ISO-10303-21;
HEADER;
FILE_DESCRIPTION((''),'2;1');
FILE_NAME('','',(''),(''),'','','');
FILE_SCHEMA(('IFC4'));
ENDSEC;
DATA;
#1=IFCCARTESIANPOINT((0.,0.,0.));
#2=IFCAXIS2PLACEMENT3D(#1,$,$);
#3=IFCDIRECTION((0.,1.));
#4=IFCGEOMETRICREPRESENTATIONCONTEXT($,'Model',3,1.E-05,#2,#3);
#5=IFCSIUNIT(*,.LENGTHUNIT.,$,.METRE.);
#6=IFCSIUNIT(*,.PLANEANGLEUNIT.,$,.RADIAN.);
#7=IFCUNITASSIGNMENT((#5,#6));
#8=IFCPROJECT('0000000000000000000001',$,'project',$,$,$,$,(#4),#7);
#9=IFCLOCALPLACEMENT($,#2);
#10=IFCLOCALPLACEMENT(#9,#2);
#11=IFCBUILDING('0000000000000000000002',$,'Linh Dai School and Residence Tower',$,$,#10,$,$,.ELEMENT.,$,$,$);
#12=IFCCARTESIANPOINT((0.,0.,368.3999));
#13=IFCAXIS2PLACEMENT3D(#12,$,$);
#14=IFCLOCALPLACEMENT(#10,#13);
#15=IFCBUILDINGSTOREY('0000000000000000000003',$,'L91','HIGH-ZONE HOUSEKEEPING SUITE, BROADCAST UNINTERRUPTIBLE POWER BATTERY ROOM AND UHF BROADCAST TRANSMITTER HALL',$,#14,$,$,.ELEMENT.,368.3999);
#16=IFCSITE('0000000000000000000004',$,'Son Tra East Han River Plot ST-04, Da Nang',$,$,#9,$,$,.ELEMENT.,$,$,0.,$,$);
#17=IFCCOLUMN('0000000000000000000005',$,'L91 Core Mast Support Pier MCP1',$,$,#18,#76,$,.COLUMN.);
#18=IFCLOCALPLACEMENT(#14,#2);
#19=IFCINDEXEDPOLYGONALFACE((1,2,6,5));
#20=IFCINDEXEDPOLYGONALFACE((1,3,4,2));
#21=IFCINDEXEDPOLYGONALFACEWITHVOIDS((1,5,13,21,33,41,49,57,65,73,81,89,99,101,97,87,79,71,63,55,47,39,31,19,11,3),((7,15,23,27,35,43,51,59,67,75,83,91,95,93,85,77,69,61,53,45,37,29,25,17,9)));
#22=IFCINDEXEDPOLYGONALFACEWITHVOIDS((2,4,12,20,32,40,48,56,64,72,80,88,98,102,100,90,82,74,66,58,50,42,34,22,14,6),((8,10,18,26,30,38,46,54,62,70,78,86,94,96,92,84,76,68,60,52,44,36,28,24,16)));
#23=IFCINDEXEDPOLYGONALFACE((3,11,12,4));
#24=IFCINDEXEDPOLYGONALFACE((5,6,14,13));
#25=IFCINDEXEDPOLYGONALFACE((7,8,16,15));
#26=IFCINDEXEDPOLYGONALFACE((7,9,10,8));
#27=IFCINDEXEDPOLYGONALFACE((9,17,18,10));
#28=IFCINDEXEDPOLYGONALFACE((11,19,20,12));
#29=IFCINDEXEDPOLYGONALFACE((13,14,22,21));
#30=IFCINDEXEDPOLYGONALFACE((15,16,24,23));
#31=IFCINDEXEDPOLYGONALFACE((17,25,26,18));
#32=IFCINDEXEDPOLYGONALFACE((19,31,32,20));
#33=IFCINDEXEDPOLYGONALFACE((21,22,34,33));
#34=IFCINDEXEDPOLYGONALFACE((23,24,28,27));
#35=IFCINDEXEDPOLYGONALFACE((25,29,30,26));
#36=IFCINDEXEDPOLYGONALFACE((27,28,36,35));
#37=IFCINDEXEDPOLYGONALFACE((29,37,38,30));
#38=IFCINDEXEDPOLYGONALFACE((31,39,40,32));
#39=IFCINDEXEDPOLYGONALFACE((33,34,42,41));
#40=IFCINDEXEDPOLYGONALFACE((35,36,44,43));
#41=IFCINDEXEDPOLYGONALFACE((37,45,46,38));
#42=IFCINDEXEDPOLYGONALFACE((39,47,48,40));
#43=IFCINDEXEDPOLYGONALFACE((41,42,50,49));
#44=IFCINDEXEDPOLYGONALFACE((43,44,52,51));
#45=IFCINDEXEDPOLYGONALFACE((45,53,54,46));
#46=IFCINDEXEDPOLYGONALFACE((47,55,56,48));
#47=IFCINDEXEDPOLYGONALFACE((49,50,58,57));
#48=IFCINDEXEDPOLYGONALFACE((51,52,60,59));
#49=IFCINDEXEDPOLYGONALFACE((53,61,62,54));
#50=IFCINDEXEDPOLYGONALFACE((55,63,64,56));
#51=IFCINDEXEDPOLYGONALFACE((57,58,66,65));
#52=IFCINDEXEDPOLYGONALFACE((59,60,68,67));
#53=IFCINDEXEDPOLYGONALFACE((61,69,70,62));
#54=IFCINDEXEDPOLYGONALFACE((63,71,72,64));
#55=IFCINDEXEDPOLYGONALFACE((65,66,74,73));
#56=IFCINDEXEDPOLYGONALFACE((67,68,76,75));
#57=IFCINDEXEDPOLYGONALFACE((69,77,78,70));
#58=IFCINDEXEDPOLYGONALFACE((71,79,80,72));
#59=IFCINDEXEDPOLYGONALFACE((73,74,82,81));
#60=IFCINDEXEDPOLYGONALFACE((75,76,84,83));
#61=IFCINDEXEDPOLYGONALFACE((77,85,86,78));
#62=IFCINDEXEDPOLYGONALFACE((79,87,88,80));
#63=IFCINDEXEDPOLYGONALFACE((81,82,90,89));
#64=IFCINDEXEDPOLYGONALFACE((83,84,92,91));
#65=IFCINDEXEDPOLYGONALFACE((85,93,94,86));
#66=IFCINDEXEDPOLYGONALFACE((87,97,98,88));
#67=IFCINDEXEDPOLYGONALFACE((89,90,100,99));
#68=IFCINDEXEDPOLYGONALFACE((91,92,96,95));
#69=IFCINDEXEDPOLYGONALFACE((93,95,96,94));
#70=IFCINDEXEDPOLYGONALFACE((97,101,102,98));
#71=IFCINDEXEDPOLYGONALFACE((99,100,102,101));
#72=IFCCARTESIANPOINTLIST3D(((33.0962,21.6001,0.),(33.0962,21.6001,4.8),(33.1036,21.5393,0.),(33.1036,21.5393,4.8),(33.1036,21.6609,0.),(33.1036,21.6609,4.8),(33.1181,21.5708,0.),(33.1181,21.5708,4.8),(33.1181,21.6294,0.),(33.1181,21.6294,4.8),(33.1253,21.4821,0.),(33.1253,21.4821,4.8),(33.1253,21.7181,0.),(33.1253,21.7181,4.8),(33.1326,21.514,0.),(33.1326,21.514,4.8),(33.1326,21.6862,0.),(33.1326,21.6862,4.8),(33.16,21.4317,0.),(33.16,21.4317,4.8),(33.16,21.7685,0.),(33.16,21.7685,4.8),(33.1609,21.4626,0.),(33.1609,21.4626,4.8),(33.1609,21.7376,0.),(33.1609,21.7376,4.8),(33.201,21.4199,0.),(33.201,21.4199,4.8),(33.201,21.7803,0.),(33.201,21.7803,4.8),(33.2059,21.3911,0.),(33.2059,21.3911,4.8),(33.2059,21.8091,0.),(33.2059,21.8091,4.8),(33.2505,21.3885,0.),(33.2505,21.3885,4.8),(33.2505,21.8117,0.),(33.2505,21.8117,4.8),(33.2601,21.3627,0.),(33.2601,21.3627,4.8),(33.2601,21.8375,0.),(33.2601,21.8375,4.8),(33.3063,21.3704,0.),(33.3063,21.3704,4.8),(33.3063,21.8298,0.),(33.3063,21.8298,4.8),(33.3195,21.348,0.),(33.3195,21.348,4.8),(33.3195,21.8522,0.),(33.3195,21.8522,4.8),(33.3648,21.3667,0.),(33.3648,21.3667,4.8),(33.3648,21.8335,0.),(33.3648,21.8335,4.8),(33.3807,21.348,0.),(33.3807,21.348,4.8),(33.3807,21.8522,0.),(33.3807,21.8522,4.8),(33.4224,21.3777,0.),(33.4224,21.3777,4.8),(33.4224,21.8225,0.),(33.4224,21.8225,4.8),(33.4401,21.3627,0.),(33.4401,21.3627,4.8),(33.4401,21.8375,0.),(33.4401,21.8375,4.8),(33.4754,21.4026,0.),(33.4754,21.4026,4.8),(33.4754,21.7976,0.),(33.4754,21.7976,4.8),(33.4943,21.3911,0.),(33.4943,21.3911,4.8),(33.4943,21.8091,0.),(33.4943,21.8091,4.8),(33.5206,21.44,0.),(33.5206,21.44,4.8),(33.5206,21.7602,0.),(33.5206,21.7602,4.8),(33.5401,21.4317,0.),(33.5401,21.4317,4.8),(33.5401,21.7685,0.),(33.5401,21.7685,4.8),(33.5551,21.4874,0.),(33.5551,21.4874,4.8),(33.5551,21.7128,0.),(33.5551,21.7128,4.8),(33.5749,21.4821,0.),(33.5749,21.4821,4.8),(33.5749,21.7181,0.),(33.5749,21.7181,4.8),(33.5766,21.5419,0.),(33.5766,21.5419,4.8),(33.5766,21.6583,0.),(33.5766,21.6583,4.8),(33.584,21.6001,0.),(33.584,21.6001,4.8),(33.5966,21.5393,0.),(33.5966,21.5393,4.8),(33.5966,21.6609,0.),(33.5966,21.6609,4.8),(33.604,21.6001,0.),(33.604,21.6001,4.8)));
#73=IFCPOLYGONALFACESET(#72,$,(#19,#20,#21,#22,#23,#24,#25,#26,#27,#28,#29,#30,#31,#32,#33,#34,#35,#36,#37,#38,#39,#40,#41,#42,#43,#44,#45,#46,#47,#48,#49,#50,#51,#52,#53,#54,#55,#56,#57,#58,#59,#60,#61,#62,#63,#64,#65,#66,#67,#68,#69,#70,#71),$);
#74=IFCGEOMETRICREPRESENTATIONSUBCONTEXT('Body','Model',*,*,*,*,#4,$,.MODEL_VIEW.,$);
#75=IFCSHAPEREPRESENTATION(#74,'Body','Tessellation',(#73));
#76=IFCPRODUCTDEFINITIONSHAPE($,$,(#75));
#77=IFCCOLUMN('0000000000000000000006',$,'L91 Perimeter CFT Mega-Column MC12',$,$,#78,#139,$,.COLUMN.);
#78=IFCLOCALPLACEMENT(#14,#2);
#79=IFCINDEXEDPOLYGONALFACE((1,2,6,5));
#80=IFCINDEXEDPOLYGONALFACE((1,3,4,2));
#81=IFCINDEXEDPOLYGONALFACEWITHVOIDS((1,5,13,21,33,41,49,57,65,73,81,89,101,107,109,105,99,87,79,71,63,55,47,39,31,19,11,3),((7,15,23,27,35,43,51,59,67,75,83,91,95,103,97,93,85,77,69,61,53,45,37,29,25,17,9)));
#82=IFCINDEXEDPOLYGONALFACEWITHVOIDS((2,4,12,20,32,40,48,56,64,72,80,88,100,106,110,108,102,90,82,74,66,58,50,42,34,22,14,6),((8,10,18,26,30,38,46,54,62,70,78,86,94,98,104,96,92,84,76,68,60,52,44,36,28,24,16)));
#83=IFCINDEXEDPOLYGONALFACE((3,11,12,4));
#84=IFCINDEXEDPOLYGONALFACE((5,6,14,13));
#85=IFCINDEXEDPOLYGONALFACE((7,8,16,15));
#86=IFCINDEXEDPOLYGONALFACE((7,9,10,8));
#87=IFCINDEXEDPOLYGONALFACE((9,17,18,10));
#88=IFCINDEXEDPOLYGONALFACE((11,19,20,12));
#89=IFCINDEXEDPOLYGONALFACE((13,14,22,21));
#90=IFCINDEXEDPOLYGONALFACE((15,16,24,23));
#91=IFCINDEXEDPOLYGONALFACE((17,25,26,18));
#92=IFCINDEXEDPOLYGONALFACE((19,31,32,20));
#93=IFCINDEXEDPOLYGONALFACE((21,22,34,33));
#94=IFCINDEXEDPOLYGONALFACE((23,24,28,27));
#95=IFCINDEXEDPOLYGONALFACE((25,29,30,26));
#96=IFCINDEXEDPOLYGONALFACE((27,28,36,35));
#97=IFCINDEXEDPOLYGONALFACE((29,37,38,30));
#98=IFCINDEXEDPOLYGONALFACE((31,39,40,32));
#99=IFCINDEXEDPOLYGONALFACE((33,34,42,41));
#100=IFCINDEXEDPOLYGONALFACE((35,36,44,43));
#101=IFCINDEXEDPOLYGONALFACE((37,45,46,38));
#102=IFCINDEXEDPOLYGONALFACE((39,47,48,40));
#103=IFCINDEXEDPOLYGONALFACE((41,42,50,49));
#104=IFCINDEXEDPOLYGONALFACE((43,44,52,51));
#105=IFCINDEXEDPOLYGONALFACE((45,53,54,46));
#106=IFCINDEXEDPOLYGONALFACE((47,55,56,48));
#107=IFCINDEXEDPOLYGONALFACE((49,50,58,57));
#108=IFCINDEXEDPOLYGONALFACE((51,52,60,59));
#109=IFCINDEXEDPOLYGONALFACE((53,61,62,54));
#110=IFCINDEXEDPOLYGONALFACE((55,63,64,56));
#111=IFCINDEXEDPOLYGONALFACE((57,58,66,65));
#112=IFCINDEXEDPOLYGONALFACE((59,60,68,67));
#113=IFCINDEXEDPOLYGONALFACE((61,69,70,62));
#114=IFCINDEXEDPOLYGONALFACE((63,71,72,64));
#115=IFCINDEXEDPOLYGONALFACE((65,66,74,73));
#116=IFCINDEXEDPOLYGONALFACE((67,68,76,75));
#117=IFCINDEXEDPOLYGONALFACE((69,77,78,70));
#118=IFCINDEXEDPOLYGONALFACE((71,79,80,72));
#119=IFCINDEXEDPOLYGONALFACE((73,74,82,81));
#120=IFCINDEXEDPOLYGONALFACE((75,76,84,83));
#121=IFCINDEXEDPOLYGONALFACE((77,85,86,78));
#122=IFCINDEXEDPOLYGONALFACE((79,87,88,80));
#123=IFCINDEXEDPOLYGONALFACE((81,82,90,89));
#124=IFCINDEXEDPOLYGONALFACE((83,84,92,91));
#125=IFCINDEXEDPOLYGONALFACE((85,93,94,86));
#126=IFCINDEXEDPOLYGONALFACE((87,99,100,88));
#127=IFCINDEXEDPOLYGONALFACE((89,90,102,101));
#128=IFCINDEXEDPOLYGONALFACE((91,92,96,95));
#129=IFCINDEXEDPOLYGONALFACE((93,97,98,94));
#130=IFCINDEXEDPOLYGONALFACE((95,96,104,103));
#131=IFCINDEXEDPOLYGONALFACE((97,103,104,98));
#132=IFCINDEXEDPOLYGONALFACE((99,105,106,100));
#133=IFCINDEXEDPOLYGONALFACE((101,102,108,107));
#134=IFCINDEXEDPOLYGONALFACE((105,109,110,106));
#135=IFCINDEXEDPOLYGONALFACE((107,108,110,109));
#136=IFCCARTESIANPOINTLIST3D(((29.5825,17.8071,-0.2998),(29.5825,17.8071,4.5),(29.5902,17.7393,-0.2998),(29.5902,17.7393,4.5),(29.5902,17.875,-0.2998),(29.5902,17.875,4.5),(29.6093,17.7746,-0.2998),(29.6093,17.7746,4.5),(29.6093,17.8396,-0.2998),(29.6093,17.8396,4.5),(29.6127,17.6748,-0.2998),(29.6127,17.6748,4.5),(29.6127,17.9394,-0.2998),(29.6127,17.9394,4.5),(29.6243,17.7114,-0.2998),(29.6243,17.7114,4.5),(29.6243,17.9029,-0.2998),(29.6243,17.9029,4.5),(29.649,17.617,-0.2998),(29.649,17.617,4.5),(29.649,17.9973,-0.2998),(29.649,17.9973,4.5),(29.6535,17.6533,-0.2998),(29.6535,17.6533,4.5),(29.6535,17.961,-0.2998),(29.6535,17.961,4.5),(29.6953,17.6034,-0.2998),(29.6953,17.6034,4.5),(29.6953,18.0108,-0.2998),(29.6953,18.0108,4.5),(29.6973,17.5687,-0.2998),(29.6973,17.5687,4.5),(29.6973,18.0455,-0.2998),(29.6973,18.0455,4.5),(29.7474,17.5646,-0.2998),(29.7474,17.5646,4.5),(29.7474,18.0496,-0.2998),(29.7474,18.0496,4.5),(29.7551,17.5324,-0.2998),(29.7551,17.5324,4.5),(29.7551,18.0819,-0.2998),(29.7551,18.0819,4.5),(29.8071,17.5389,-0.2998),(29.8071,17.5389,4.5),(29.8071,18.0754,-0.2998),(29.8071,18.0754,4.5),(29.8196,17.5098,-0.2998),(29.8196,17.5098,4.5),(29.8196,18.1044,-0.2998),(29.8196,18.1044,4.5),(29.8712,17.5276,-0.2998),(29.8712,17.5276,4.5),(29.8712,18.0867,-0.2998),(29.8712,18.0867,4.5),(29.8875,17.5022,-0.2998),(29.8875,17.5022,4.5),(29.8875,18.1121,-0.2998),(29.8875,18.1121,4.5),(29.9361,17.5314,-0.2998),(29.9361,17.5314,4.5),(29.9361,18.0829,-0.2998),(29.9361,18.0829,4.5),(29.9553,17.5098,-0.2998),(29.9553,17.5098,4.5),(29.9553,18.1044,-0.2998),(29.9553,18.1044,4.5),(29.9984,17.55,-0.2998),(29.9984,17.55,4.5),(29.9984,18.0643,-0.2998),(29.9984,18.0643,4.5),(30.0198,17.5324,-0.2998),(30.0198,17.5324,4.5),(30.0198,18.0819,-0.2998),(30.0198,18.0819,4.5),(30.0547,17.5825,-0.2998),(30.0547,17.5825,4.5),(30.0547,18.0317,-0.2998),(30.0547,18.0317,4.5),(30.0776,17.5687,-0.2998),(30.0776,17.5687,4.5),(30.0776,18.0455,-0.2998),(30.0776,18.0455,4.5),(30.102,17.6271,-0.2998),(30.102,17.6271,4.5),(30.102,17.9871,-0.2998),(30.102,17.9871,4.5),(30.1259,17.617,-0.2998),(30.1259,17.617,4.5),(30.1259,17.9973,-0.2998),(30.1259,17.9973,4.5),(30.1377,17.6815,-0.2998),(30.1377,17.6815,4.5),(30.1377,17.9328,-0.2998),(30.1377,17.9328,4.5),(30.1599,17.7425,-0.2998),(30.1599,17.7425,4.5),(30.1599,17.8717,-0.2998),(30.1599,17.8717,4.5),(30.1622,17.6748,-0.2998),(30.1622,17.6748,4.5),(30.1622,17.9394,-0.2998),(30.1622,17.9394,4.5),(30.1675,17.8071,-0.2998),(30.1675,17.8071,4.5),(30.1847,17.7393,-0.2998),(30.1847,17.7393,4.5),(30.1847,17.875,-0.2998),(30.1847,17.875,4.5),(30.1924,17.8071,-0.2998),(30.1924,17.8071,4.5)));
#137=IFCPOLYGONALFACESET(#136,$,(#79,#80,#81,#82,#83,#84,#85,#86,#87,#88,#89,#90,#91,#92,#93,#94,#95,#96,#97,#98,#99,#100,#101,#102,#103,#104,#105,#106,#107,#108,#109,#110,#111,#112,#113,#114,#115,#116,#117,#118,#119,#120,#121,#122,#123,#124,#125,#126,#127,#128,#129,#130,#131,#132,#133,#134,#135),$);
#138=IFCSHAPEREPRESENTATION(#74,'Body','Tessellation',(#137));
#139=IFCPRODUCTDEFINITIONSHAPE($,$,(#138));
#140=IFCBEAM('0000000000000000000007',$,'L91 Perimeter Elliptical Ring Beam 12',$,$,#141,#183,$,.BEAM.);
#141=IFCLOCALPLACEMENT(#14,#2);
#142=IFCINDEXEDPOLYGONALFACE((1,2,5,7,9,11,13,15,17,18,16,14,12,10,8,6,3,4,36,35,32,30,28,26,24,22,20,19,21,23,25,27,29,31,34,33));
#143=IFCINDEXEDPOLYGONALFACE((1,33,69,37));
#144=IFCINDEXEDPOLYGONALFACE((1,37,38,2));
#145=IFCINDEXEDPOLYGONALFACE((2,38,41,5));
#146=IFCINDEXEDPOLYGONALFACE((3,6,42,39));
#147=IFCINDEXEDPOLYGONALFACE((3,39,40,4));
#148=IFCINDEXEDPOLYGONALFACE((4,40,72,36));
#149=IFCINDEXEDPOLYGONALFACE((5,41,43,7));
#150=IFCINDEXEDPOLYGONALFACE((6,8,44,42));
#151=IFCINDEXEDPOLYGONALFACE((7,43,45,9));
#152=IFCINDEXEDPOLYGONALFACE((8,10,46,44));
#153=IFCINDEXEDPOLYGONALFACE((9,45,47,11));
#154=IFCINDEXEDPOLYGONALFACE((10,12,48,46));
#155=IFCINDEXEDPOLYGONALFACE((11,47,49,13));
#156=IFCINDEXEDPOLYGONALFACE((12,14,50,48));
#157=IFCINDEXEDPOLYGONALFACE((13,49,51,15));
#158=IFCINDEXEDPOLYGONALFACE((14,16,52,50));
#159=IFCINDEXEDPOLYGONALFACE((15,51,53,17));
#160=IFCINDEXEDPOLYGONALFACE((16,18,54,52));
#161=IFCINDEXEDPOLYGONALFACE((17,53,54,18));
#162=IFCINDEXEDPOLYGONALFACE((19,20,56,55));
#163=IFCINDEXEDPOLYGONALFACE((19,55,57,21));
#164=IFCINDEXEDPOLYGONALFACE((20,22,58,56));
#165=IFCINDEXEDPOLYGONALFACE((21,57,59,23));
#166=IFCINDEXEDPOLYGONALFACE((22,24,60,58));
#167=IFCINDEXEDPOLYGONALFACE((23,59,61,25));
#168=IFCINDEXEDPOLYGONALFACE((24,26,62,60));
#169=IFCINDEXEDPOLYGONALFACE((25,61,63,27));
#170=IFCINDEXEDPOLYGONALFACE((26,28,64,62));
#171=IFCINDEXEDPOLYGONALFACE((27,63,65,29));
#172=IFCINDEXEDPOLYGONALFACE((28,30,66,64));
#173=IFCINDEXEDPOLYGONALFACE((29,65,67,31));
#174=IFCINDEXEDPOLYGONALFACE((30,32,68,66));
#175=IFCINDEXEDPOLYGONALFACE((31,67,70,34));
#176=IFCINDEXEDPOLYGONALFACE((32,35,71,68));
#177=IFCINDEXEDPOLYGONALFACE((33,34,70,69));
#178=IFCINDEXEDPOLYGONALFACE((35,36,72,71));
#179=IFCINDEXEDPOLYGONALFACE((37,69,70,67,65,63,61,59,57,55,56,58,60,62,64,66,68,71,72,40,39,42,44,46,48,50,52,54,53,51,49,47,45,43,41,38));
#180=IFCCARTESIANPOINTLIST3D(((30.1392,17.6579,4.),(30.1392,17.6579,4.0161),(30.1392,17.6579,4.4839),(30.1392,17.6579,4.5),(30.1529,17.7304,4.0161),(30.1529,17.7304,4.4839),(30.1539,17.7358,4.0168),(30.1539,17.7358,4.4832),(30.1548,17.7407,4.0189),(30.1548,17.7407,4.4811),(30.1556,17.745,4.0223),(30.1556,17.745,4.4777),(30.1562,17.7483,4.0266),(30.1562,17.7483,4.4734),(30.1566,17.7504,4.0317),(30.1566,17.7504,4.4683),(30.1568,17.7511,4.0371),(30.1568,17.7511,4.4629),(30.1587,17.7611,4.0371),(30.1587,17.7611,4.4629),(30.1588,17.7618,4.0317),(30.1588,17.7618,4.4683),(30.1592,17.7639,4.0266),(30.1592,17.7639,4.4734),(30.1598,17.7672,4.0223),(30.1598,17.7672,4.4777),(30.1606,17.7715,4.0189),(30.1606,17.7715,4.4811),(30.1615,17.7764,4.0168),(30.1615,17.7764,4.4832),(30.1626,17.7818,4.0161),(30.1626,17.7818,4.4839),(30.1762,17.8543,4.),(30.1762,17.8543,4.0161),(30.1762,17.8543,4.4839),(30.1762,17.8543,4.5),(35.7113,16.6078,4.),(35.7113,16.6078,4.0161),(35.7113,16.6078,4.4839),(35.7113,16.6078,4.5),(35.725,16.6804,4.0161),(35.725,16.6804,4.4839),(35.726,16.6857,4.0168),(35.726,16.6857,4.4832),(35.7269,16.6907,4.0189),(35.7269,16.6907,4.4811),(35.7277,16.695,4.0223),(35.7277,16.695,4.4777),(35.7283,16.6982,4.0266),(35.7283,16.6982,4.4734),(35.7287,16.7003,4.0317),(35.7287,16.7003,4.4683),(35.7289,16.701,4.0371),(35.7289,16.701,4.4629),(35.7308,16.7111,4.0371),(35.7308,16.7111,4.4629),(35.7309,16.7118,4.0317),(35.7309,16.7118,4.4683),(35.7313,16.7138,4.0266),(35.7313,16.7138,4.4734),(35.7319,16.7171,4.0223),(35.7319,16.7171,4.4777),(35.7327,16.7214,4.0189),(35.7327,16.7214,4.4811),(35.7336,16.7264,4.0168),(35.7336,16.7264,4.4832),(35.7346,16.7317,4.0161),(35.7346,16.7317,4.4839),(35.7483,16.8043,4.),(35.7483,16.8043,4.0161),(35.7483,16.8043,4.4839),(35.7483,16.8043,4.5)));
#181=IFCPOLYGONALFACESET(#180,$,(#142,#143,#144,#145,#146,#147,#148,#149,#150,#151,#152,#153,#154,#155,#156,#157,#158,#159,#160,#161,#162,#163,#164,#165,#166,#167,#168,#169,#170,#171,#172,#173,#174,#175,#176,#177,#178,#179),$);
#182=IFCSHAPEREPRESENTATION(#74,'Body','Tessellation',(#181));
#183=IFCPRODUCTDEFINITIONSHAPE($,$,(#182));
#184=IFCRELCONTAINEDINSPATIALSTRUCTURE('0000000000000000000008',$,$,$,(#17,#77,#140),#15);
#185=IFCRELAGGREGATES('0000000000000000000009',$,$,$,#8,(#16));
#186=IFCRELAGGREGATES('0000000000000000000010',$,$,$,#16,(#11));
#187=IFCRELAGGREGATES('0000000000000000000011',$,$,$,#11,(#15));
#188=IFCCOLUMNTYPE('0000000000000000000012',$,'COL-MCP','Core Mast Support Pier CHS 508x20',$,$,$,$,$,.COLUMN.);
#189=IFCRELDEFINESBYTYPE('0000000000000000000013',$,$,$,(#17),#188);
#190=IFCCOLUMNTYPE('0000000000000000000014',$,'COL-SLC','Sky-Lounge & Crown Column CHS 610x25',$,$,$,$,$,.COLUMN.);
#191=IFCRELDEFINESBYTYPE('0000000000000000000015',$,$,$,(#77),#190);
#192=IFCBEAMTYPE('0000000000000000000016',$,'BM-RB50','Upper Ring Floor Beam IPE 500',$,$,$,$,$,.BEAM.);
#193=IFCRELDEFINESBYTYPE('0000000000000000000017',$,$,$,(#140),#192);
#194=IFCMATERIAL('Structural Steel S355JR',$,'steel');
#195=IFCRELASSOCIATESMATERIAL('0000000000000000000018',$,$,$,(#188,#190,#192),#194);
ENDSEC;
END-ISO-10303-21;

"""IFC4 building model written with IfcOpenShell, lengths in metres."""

from ifc_helpers import new_model, si_unit, direction, frame, origin, origin_2d, place, context, subcontext, project, spatial, hollow_circle, i_section, extrude, material, material_profile, profile_set, type_object, element, save


model = new_model("IFC4")

# Units and contexts
model_context = context("Model", 3, precision=1e-05, world=origin(), true_north=direction((0.0, 1.0)))
body_context = subcontext(model_context, "Body", "Model", "MODEL_VIEW")
ifc_project = project(units=[si_unit("LENGTHUNIT", "METRE"), si_unit("PLANEANGLEUNIT", "RADIAN")], contexts=[model_context])

# Site, building, storey
site_placement = place(None, origin())
site = spatial("IfcSite", under=ifc_project, at=site_placement, Name="Son Tra East Han River Plot ST-04, Da Nang", CompositionType="ELEMENT", RefElevation=0.0)
building_placement = place(site_placement, origin())
building = spatial("IfcBuilding", under=site, at=building_placement, Name="Linh Dai School and Residence Tower", CompositionType="ELEMENT")
storey_placement = place(building_placement, frame((0.0, 0.0, 368.3999)))
storey = spatial("IfcBuildingStorey", under=building, at=storey_placement, Name="L91", Description="HIGH-ZONE HOUSEKEEPING SUITE, BROADCAST UNINTERRUPTIBLE POWER BATTERY ROOM AND UHF BROADCAST TRANSMITTER HALL", CompositionType="ELEMENT", Elevation=368.3999)

# Columns
ifc_material_1 = material(Name="Structural Steel S355JR", Category="steel")
ifc_material_profile_1 = material_profile(ifc_material_1, hollow_circle(Radius=0.2539, WallThickness=0.02, at=origin_2d()), Name="CHS 508x20")
ifc_profile_set_1 = profile_set([ifc_material_profile_1], Name="Structural Steel S355JR")
column_type_1 = type_object("IfcColumnType", Name="COL-MCP", Description="Core Mast Support Pier CHS 508x20", PredefinedType="COLUMN", material=ifc_profile_set_1)
column_1_placement = place(storey_placement, frame((33.3501, 21.6001, 0.0), z_axis=(0.0, 0.0, 1.0), x_axis=(1.0, 0.0, 0.0)))
element("IfcColumn", 1, at=column_1_placement, inside=storey, type_object=column_type_1, Name="L91 Core Mast Support Pier MCP1", PredefinedType="COLUMN", context=body_context, shape_type="SweptSolid", body=[
    extrude(hollow_circle(Radius=0.2539, WallThickness=0.02, at=origin_2d()), origin(), (0.0, 0.0, 1.0), 4.8),
])
ifc_material_profile_2 = material_profile(ifc_material_1, hollow_circle(Radius=0.3049, WallThickness=0.0249, at=origin_2d()), Name="CHS 610x25")
ifc_profile_set_2 = profile_set([ifc_material_profile_2], Name="Structural Steel S355JR")
column_type_2 = type_object("IfcColumnType", Name="COL-SLC", Description="Sky-Lounge & Crown Column CHS 610x25", PredefinedType="COLUMN", material=ifc_profile_set_2)
column_2_placement = place(storey_placement, frame((29.8875, 17.8071, -0.2998), z_axis=(0.0, 0.0, 1.0), x_axis=(1.0, 0.0, 0.0)))
element("IfcColumn", 2, at=column_2_placement, inside=storey, type_object=column_type_2, Name="L91 Perimeter CFT Mega-Column MC12", PredefinedType="COLUMN", context=body_context, shape_type="SweptSolid", body=[
    extrude(hollow_circle(Radius=0.3049, WallThickness=0.0249, at=origin_2d()), origin(), (0.0, 0.0, 1.0), 4.7998),
])

# Beam
ifc_material_profile_3 = material_profile(ifc_material_1, i_section(OverallWidth=0.2, OverallDepth=0.5, WebThickness=0.0103, FlangeThickness=0.0161, FilletRadius=0.021, at=origin_2d()), Name="IPE 500")
ifc_profile_set_3 = profile_set([ifc_material_profile_3], Name="Structural Steel S355JR")
beam_type_1 = type_object("IfcBeamType", Name="BM-RB50", Description="Upper Ring Floor Beam IPE 500", PredefinedType="BEAM", material=ifc_profile_set_3)
beam_1_placement = place(storey_placement, frame((30.1577, 17.7561, 4.25), z_axis=(0.982703, -0.185191, 0.0), x_axis=(0.185191, 0.982703, 0.0)))
element("IfcBeam", 3, at=beam_1_placement, inside=storey, type_object=beam_type_1, Name="L91 Perimeter Elliptical Ring Beam 12", PredefinedType="BEAM", context=body_context, shape_type="SweptSolid", body=[
    extrude(i_section(OverallWidth=0.2, OverallDepth=0.5, WebThickness=0.0103, FlangeThickness=0.0161, FilletRadius=0.021, at=origin_2d()), origin(), (0.0, 0.0, 1.0), 5.6702),
])

save(model, "model.ifc")
